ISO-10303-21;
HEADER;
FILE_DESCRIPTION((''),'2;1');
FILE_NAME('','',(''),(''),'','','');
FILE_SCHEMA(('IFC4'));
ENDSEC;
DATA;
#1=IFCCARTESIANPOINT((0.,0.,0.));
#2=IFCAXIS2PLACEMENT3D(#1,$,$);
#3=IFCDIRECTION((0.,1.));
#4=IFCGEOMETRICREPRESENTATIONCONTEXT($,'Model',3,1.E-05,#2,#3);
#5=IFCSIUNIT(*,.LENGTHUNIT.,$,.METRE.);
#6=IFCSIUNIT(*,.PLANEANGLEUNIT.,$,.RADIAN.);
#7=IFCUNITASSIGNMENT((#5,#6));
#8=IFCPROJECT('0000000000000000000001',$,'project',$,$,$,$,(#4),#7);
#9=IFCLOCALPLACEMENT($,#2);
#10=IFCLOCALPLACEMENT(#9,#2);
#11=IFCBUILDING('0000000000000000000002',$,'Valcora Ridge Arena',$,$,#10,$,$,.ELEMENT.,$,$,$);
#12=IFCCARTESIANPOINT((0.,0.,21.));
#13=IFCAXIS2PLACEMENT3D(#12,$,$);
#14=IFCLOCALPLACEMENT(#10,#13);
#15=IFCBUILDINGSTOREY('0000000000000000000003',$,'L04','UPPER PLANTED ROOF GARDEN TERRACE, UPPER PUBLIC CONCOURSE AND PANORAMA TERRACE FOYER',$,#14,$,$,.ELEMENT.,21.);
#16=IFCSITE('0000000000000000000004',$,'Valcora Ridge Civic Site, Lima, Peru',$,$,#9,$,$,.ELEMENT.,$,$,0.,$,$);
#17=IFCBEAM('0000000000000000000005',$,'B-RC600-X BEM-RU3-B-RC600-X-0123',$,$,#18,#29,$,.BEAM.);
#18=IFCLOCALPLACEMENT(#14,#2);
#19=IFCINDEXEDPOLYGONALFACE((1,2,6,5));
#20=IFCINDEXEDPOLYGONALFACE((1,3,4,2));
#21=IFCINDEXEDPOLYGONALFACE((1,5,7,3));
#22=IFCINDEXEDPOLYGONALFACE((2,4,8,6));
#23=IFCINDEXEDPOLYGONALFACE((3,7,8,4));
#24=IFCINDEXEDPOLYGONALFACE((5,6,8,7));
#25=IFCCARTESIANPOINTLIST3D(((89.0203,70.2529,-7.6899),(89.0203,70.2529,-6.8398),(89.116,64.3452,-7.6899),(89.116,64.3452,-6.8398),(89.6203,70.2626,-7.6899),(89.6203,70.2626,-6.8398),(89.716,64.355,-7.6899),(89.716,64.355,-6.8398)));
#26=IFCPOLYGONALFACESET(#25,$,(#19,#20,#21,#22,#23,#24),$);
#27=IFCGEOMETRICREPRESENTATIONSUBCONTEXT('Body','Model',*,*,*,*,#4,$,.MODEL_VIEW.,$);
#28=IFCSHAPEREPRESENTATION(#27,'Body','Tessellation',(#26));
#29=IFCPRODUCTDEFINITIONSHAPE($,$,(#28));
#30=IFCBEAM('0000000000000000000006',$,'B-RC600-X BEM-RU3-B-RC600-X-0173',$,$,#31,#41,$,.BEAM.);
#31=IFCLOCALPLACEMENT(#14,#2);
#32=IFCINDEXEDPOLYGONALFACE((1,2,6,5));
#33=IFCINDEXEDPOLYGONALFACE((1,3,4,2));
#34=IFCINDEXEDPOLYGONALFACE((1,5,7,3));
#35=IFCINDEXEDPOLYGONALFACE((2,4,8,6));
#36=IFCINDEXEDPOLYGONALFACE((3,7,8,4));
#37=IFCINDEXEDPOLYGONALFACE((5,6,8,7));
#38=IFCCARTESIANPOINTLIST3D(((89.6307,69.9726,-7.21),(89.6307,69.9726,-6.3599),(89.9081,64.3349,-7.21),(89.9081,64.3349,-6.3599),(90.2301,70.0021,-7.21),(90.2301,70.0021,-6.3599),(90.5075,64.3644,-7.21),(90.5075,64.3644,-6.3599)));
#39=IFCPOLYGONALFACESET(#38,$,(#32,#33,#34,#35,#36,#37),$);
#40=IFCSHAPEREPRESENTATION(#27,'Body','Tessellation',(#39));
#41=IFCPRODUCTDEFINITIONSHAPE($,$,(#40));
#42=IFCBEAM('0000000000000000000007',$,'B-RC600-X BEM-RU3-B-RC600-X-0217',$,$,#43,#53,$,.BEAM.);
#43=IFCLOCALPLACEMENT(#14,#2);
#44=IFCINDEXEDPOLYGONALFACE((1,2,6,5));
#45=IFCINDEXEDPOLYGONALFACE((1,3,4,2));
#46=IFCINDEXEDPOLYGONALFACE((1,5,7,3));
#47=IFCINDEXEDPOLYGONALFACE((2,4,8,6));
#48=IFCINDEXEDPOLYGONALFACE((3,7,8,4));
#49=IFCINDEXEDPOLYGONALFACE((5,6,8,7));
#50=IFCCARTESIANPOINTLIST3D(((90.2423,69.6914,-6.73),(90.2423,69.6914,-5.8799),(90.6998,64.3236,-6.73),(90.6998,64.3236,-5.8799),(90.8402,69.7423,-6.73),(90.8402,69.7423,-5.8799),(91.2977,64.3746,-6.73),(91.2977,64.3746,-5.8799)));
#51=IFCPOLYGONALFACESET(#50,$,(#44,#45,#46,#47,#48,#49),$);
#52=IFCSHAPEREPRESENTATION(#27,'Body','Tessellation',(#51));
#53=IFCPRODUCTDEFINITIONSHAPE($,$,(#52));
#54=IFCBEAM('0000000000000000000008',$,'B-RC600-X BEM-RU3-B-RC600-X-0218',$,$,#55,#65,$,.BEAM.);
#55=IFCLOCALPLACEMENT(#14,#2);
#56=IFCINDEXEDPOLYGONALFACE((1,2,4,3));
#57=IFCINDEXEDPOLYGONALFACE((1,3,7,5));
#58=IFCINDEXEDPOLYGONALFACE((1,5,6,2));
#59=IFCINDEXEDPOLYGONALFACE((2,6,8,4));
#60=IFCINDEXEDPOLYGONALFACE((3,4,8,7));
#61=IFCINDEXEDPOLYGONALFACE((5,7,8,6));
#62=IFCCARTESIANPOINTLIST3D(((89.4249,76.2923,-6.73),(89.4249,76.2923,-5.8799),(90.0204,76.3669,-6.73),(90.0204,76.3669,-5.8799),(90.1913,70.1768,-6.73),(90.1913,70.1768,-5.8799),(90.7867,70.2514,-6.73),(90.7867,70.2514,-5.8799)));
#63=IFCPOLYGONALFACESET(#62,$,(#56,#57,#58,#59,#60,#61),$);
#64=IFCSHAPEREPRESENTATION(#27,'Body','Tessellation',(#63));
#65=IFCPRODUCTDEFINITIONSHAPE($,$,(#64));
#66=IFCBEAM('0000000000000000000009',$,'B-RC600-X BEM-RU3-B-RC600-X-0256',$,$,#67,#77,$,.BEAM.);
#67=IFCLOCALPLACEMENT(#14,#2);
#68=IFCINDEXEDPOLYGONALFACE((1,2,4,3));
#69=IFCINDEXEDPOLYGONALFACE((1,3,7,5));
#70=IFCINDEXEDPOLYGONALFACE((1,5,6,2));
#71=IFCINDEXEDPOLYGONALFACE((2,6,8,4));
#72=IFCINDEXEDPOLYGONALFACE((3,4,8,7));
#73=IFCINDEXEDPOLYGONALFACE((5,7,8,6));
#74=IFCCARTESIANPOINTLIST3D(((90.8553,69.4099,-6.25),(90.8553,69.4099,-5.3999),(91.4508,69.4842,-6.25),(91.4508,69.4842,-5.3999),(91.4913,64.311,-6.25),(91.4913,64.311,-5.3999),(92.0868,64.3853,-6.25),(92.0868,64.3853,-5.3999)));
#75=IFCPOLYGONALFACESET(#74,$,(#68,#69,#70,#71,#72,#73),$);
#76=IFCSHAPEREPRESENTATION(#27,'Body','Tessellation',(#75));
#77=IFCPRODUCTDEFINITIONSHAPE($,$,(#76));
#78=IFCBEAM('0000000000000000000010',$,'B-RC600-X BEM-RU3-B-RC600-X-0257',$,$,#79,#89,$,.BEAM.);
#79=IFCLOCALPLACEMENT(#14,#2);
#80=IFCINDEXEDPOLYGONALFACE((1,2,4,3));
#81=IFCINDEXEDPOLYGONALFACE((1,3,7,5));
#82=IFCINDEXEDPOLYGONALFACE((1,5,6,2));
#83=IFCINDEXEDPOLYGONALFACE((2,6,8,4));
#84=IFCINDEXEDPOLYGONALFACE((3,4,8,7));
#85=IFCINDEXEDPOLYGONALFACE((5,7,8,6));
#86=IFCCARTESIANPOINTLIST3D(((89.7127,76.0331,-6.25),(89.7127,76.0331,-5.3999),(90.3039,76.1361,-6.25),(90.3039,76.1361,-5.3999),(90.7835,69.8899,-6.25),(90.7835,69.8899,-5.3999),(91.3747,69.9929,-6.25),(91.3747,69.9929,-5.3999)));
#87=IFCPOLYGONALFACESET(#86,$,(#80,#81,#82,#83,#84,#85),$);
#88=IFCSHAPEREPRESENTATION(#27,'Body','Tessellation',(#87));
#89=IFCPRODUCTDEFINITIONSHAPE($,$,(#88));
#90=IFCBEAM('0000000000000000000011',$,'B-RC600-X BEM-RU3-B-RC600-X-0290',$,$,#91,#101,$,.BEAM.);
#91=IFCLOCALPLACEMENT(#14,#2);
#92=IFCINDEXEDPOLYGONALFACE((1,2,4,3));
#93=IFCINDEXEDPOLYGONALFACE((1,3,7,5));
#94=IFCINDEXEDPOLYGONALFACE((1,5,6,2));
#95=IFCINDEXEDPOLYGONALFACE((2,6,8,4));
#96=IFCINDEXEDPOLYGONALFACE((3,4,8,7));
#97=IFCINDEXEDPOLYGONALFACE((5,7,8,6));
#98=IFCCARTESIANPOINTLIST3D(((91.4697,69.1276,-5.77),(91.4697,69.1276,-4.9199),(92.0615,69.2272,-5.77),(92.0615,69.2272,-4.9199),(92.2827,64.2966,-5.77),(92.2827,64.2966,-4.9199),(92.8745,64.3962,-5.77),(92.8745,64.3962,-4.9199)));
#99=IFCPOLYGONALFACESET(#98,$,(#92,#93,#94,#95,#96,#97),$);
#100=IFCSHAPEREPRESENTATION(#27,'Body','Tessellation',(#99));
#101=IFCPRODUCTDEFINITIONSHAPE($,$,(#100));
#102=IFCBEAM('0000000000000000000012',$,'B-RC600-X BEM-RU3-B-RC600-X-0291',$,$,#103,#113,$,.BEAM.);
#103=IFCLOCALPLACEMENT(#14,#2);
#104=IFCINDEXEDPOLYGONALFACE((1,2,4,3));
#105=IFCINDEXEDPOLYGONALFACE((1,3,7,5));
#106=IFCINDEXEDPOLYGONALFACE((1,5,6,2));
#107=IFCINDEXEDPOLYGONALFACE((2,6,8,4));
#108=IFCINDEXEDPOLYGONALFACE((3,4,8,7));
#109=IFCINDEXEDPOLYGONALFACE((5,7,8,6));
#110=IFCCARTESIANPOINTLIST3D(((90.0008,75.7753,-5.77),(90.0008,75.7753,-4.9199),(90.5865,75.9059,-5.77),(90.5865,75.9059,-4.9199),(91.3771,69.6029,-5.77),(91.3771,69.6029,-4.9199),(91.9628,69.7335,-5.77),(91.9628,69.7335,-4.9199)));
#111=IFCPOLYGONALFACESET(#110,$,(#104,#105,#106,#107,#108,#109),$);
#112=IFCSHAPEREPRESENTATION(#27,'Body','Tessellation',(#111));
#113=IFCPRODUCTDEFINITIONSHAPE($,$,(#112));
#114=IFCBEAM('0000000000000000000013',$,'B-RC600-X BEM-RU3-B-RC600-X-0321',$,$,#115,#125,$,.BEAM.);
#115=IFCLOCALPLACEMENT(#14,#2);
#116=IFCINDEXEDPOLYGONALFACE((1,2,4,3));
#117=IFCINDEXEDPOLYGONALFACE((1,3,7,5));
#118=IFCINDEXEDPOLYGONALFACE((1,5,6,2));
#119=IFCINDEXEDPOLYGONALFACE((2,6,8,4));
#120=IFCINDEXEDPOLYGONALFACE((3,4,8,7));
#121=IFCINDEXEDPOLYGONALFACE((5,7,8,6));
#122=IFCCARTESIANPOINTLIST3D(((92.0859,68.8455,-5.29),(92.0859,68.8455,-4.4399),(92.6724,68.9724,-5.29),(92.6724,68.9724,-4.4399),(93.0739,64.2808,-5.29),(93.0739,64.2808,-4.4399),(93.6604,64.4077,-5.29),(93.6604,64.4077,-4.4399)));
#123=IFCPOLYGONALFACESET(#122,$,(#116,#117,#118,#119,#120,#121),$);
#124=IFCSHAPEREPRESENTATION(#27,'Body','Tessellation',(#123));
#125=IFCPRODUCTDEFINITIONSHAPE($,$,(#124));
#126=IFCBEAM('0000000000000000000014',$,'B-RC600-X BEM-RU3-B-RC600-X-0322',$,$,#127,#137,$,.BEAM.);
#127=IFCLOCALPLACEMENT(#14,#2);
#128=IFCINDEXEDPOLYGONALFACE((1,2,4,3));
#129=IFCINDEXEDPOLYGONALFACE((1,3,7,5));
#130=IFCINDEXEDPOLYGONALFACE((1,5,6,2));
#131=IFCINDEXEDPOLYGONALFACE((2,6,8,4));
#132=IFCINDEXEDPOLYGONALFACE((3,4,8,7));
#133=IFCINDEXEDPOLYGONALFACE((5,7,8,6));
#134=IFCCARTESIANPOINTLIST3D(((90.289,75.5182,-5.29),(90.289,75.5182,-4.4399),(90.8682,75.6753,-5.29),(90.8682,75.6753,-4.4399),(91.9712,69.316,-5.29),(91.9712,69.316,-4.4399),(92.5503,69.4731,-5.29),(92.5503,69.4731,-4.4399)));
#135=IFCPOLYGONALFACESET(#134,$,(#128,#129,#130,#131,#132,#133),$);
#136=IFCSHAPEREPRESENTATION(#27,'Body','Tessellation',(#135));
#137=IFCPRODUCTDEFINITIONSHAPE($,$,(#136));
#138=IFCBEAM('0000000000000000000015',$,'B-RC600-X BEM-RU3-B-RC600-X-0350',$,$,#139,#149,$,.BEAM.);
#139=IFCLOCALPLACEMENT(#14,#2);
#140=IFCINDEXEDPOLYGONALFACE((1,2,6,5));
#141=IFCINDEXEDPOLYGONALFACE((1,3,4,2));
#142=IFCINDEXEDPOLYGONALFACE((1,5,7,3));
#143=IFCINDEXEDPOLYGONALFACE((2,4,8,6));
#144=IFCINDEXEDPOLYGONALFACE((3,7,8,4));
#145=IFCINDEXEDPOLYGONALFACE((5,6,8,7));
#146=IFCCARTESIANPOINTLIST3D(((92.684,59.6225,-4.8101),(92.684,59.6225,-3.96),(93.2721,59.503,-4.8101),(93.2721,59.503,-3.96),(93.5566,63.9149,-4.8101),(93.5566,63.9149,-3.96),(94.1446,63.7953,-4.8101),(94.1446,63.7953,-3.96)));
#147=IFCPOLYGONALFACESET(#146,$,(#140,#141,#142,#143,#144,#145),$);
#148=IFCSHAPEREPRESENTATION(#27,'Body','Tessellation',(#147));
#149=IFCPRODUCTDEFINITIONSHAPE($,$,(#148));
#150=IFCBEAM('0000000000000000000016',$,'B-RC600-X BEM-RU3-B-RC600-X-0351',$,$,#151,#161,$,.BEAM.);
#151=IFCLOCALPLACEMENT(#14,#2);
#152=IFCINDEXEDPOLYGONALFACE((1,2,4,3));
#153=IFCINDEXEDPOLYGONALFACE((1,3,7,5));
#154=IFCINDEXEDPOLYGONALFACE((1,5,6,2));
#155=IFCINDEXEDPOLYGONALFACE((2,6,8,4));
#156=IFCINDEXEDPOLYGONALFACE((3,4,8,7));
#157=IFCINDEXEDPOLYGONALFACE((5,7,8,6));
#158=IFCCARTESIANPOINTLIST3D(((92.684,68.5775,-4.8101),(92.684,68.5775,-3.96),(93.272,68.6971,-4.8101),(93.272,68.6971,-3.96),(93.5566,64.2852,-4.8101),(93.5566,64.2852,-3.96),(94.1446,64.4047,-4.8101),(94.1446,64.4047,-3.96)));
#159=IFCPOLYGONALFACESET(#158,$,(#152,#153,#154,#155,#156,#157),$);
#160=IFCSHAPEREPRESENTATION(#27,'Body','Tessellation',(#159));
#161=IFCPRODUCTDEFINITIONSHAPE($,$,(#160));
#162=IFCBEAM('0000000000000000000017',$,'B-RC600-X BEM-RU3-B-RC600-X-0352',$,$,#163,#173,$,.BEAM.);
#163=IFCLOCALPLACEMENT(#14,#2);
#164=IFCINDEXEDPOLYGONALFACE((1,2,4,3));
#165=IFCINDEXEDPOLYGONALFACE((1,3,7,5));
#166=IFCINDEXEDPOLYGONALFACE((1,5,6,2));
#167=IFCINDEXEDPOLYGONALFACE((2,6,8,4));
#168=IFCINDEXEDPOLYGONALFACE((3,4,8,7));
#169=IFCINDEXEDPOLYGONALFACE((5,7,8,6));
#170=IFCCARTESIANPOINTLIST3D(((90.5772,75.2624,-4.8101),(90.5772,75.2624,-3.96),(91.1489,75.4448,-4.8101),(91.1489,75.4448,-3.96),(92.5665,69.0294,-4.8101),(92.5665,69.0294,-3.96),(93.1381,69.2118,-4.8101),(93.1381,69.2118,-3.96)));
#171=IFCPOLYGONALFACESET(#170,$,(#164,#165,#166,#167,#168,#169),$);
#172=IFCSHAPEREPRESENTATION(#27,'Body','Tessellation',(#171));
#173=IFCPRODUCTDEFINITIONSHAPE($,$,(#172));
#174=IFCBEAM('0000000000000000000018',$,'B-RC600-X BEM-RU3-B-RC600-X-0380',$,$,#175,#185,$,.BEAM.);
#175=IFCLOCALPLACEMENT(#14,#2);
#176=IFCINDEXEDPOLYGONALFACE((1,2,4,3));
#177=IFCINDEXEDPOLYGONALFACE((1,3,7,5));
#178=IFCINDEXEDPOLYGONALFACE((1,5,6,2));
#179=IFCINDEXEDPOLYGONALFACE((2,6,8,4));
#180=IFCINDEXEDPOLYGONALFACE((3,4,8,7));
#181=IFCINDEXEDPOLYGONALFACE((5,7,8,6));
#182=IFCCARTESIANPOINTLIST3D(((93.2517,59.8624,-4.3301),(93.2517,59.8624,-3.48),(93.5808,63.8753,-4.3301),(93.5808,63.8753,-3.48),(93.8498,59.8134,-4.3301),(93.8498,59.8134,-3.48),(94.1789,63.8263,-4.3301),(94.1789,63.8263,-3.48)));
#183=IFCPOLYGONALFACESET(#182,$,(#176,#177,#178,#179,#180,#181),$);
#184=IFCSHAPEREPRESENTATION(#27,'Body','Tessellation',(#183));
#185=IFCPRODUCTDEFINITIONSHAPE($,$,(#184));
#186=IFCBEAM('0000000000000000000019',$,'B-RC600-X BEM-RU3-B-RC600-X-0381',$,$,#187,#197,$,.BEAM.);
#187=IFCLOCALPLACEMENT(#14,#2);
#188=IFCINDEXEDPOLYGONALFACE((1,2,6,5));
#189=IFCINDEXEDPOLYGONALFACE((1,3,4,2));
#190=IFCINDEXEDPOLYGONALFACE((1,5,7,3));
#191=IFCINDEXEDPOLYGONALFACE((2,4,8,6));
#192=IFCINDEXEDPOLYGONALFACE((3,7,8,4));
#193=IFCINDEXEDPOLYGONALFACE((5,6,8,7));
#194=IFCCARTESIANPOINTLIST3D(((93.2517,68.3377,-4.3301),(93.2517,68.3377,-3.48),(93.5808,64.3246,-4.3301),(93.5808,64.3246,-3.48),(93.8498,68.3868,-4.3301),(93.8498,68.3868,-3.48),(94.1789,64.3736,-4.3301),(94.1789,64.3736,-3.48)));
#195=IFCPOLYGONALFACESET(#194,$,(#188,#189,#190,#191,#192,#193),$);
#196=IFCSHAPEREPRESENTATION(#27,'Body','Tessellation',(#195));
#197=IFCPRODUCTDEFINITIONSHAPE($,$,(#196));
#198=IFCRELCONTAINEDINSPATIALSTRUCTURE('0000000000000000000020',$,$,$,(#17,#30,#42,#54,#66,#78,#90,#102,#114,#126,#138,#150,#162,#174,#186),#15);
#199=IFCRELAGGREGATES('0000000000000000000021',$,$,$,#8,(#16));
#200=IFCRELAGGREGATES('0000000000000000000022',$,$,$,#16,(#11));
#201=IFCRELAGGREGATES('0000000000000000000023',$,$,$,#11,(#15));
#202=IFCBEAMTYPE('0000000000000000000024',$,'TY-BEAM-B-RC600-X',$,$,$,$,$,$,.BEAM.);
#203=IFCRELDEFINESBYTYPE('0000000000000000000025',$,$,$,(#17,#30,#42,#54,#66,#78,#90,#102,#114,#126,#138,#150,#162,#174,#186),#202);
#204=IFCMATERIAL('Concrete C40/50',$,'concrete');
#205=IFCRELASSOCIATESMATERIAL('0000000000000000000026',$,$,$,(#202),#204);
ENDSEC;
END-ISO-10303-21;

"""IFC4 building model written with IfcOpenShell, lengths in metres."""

from ifc_helpers import new_model, si_unit, direction, frame, origin, origin_2d, place, context, subcontext, project, spatial, rectangle, extrude, material, material_profile, profile_set, type_object, element, save


model = new_model("IFC4")

# Units and contexts
model_context = context("Model", 3, precision=1e-05, world=origin(), true_north=direction((0.0, 1.0)))
body_context = subcontext(model_context, "Body", "Model", "MODEL_VIEW")
ifc_project = project(units=[si_unit("LENGTHUNIT", "METRE"), si_unit("PLANEANGLEUNIT", "RADIAN")], contexts=[model_context])

# Site, building, storey
site_placement = place(None, origin())
site = spatial("IfcSite", under=ifc_project, at=site_placement, Name="Valcora Ridge Civic Site, Lima, Peru", CompositionType="ELEMENT", RefElevation=0.0)
building_placement = place(site_placement, origin())
building = spatial("IfcBuilding", under=site, at=building_placement, Name="Valcora Ridge Arena", CompositionType="ELEMENT")
storey_placement = place(building_placement, frame((0.0, 0.0, 21.0)))
storey = spatial("IfcBuildingStorey", under=building, at=storey_placement, Name="L04", Description="UPPER PLANTED ROOF GARDEN TERRACE, UPPER PUBLIC CONCOURSE AND PANORAMA TERRACE FOYER", CompositionType="ELEMENT", Elevation=21.0)

# Beams
ifc_material_1 = material(Name="Concrete C40/50", Category="concrete")
ifc_material_profile_1 = material_profile(ifc_material_1, rectangle(XDim=0.6001, YDim=0.8501, at=origin_2d()), Name="RC 600x850")
ifc_profile_set_1 = profile_set([ifc_material_profile_1], Name="Concrete C40/50")
beam_type_1 = type_object("IfcBeamType", Name="TY-BEAM-B-RC600-X", PredefinedType="BEAM", material=ifc_profile_set_1)
beam_1_placement = place(storey_placement, frame((89.416, 64.3501, -7.2649), z_axis=(-0.016198, 0.999869, 0.0), x_axis=(-0.999869, -0.016198, 0.0)))
element("IfcBeam", 1, at=beam_1_placement, inside=storey, type_object=beam_type_1, Name="B-RC600-X BEM-RU3-B-RC600-X-0123", PredefinedType="BEAM", context=body_context, shape_type="SweptSolid", body=[
    extrude(rectangle(XDim=0.6001, YDim=0.8501, at=origin_2d()), origin(), (0.0, 0.0, 1.0), 5.9084),
])
beam_2_placement = place(storey_placement, frame((90.2078, 64.3496, -6.7849), z_axis=(-0.049135, 0.998792, 0.0), x_axis=(-0.998792, -0.049135, 0.0)))
element("IfcBeam", 2, at=beam_2_placement, inside=storey, type_object=beam_type_1, Name="B-RC600-X BEM-RU3-B-RC600-X-0173", PredefinedType="BEAM", context=body_context, shape_type="SweptSolid", body=[
    extrude(rectangle(XDim=0.6001, YDim=0.8501, at=origin_2d()), origin(), (0.0, 0.0, 1.0), 5.6445),
])
beam_3_placement = place(storey_placement, frame((90.9988, 64.3491, -6.3049), z_axis=(-0.084928, 0.996387, 0.0), x_axis=(-0.996387, -0.084928, 0.0)))
element("IfcBeam", 3, at=beam_3_placement, inside=storey, type_object=beam_type_1, Name="B-RC600-X BEM-RU3-B-RC600-X-0217", PredefinedType="BEAM", context=body_context, shape_type="SweptSolid", body=[
    extrude(rectangle(XDim=0.6001, YDim=0.8501, at=origin_2d()), origin(), (0.0, 0.0, 1.0), 5.3872),
])
beam_4_placement = place(storey_placement, frame((90.489, 70.2141, -6.3049), z_axis=(-0.124342, 0.992239, 0.0), x_axis=(-0.992239, -0.124342, 0.0)))
element("IfcBeam", 4, at=beam_4_placement, inside=storey, type_object=beam_type_1, Name="B-RC600-X BEM-RU3-B-RC600-X-0218", PredefinedType="BEAM", context=body_context, shape_type="SweptSolid", body=[
    extrude(rectangle(XDim=0.6001, YDim=0.8501, at=origin_2d()), origin(), (0.0, 0.0, 1.0), 6.1633),
])
beam_5_placement = place(storey_placement, frame((91.7891, 64.3481, -5.825), z_axis=(-0.123772, 0.992311, 0.0), x_axis=(-0.992311, -0.123772, 0.0)))
element("IfcBeam", 5, at=beam_5_placement, inside=storey, type_object=beam_type_1, Name="B-RC600-X BEM-RU3-B-RC600-X-0256", PredefinedType="BEAM", context=body_context, shape_type="SweptSolid", body=[
    extrude(rectangle(XDim=0.6001, YDim=0.8501, at=origin_2d()), origin(), (0.0, 0.0, 1.0), 5.1384),
])
beam_6_placement = place(storey_placement, frame((91.0791, 69.9414, -5.825), z_axis=(-0.171715, 0.985147, 0.0), x_axis=(-0.985147, -0.171715, 0.0)))
element("IfcBeam", 6, at=beam_6_placement, inside=storey, type_object=beam_type_1, Name="B-RC600-X BEM-RU3-B-RC600-X-0257", PredefinedType="BEAM", context=body_context, shape_type="SweptSolid", body=[
    extrude(rectangle(XDim=0.6001, YDim=0.8501, at=origin_2d()), origin(), (0.0, 0.0, 1.0), 6.2358),
])
beam_7_placement = place(storey_placement, frame((92.5786, 64.3464, -5.345), z_axis=(-0.16595, 0.986134, 0.0), x_axis=(-0.986134, -0.16595, 0.0)))
element("IfcBeam", 7, at=beam_7_placement, inside=storey, type_object=beam_type_1, Name="B-RC600-X BEM-RU3-B-RC600-X-0290", PredefinedType="BEAM", context=body_context, shape_type="SweptSolid", body=[
    extrude(rectangle(XDim=0.6001, YDim=0.8501, at=origin_2d()), origin(), (0.0, 0.0, 1.0), 4.8989),
])
beam_8_placement = place(storey_placement, frame((91.6699, 69.6682, -5.345), z_axis=(-0.217621, 0.976033, 0.0), x_axis=(-0.976033, -0.217621, 0.0)))
element("IfcBeam", 8, at=beam_8_placement, inside=storey, type_object=beam_type_1, Name="B-RC600-X BEM-RU3-B-RC600-X-0291", PredefinedType="BEAM", context=body_context, shape_type="SweptSolid", body=[
    extrude(rectangle(XDim=0.6001, YDim=0.8501, at=origin_2d()), origin(), (0.0, 0.0, 1.0), 6.324),
])
beam_9_placement = place(storey_placement, frame((93.3672, 64.3442, -4.865), z_axis=(-0.211553, 0.977367, 0.0), x_axis=(-0.977367, -0.211553, 0.0)))
element("IfcBeam", 9, at=beam_9_placement, inside=storey, type_object=beam_type_1, Name="B-RC600-X BEM-RU3-B-RC600-X-0321", PredefinedType="BEAM", context=body_context, shape_type="SweptSolid", body=[
    extrude(rectangle(XDim=0.6001, YDim=0.8501, at=origin_2d()), origin(), (0.0, 0.0, 1.0), 4.6704),
])
beam_10_placement = place(storey_placement, frame((92.2607, 69.3945, -4.865), z_axis=(-0.261761, 0.965133, 0.0), x_axis=(-0.965133, -0.261761, 0.0)))
element("IfcBeam", 10, at=beam_10_placement, inside=storey, type_object=beam_type_1, Name="B-RC600-X BEM-RU3-B-RC600-X-0322", PredefinedType="BEAM", context=body_context, shape_type="SweptSolid", body=[
    extrude(rectangle(XDim=0.6001, YDim=0.8501, at=origin_2d()), origin(), (0.0, 0.0, 1.0), 6.4263),
])
for number, where, z_axis, x_axis, name in (
    (11, (92.978, 59.5627, -4.385), (0.199213, 0.979956, 0.0), (-0.979956, 0.199213, 0.0), "B-RC600-X BEM-RU3-B-RC600-X-0350"),
    (12, (93.8506, 64.345, -4.385), (-0.199213, 0.979956, 0.0), (-0.979956, -0.199213, 0.0), "B-RC600-X BEM-RU3-B-RC600-X-0351"),
):
    element("IfcBeam", number, at=place(storey_placement, frame(where, z_axis=z_axis, x_axis=x_axis)), inside=storey, type_object=beam_type_1, Name=name, PredefinedType="BEAM", context=body_context, shape_type="SweptSolid", body=[
        extrude(rectangle(XDim=0.6001, YDim=0.8501, at=origin_2d()), origin(), (0.0, 0.0, 1.0), 4.3801),
    ])
beam_11_placement = place(storey_placement, frame((92.8523, 69.1206, -4.385), z_axis=(-0.304044, 0.952658, 0.0), x_axis=(-0.952658, -0.304044, 0.0)))
element("IfcBeam", 13, at=beam_11_placement, inside=storey, type_object=beam_type_1, Name="B-RC600-X BEM-RU3-B-RC600-X-0352", PredefinedType="BEAM", context=body_context, shape_type="SweptSolid", body=[
    extrude(rectangle(XDim=0.6001, YDim=0.8501, at=origin_2d()), origin(), (0.0, 0.0, 1.0), 6.5427),
])
beam_12_placement = place(storey_placement, frame((93.5508, 59.8379, -3.905), z_axis=(0.081736, 0.996654, 0.0), x_axis=(-0.996654, 0.081736, 0.0)))
element("IfcBeam", 14, at=beam_12_placement, inside=storey, type_object=beam_type_1, Name="B-RC600-X BEM-RU3-B-RC600-X-0380", PredefinedType="BEAM", context=body_context, shape_type="SweptSolid", body=[
    extrude(rectangle(XDim=0.6001, YDim=0.8501, at=origin_2d()), origin(), (0.0, 0.0, 1.0), 4.0264),
])
beam_13_placement = place(storey_placement, frame((93.8799, 64.3491, -3.905), z_axis=(-0.081731, 0.996654, 0.0), x_axis=(-0.996654, -0.081731, 0.0)))
element("IfcBeam", 15, at=beam_13_placement, inside=storey, type_object=beam_type_1, Name="B-RC600-X BEM-RU3-B-RC600-X-0381", PredefinedType="BEAM", context=body_context, shape_type="SweptSolid", body=[
    extrude(rectangle(XDim=0.6001, YDim=0.8501, at=origin_2d()), origin(), (0.0, 0.0, 1.0), 4.0266),
])

save(model, "model.ifc")
